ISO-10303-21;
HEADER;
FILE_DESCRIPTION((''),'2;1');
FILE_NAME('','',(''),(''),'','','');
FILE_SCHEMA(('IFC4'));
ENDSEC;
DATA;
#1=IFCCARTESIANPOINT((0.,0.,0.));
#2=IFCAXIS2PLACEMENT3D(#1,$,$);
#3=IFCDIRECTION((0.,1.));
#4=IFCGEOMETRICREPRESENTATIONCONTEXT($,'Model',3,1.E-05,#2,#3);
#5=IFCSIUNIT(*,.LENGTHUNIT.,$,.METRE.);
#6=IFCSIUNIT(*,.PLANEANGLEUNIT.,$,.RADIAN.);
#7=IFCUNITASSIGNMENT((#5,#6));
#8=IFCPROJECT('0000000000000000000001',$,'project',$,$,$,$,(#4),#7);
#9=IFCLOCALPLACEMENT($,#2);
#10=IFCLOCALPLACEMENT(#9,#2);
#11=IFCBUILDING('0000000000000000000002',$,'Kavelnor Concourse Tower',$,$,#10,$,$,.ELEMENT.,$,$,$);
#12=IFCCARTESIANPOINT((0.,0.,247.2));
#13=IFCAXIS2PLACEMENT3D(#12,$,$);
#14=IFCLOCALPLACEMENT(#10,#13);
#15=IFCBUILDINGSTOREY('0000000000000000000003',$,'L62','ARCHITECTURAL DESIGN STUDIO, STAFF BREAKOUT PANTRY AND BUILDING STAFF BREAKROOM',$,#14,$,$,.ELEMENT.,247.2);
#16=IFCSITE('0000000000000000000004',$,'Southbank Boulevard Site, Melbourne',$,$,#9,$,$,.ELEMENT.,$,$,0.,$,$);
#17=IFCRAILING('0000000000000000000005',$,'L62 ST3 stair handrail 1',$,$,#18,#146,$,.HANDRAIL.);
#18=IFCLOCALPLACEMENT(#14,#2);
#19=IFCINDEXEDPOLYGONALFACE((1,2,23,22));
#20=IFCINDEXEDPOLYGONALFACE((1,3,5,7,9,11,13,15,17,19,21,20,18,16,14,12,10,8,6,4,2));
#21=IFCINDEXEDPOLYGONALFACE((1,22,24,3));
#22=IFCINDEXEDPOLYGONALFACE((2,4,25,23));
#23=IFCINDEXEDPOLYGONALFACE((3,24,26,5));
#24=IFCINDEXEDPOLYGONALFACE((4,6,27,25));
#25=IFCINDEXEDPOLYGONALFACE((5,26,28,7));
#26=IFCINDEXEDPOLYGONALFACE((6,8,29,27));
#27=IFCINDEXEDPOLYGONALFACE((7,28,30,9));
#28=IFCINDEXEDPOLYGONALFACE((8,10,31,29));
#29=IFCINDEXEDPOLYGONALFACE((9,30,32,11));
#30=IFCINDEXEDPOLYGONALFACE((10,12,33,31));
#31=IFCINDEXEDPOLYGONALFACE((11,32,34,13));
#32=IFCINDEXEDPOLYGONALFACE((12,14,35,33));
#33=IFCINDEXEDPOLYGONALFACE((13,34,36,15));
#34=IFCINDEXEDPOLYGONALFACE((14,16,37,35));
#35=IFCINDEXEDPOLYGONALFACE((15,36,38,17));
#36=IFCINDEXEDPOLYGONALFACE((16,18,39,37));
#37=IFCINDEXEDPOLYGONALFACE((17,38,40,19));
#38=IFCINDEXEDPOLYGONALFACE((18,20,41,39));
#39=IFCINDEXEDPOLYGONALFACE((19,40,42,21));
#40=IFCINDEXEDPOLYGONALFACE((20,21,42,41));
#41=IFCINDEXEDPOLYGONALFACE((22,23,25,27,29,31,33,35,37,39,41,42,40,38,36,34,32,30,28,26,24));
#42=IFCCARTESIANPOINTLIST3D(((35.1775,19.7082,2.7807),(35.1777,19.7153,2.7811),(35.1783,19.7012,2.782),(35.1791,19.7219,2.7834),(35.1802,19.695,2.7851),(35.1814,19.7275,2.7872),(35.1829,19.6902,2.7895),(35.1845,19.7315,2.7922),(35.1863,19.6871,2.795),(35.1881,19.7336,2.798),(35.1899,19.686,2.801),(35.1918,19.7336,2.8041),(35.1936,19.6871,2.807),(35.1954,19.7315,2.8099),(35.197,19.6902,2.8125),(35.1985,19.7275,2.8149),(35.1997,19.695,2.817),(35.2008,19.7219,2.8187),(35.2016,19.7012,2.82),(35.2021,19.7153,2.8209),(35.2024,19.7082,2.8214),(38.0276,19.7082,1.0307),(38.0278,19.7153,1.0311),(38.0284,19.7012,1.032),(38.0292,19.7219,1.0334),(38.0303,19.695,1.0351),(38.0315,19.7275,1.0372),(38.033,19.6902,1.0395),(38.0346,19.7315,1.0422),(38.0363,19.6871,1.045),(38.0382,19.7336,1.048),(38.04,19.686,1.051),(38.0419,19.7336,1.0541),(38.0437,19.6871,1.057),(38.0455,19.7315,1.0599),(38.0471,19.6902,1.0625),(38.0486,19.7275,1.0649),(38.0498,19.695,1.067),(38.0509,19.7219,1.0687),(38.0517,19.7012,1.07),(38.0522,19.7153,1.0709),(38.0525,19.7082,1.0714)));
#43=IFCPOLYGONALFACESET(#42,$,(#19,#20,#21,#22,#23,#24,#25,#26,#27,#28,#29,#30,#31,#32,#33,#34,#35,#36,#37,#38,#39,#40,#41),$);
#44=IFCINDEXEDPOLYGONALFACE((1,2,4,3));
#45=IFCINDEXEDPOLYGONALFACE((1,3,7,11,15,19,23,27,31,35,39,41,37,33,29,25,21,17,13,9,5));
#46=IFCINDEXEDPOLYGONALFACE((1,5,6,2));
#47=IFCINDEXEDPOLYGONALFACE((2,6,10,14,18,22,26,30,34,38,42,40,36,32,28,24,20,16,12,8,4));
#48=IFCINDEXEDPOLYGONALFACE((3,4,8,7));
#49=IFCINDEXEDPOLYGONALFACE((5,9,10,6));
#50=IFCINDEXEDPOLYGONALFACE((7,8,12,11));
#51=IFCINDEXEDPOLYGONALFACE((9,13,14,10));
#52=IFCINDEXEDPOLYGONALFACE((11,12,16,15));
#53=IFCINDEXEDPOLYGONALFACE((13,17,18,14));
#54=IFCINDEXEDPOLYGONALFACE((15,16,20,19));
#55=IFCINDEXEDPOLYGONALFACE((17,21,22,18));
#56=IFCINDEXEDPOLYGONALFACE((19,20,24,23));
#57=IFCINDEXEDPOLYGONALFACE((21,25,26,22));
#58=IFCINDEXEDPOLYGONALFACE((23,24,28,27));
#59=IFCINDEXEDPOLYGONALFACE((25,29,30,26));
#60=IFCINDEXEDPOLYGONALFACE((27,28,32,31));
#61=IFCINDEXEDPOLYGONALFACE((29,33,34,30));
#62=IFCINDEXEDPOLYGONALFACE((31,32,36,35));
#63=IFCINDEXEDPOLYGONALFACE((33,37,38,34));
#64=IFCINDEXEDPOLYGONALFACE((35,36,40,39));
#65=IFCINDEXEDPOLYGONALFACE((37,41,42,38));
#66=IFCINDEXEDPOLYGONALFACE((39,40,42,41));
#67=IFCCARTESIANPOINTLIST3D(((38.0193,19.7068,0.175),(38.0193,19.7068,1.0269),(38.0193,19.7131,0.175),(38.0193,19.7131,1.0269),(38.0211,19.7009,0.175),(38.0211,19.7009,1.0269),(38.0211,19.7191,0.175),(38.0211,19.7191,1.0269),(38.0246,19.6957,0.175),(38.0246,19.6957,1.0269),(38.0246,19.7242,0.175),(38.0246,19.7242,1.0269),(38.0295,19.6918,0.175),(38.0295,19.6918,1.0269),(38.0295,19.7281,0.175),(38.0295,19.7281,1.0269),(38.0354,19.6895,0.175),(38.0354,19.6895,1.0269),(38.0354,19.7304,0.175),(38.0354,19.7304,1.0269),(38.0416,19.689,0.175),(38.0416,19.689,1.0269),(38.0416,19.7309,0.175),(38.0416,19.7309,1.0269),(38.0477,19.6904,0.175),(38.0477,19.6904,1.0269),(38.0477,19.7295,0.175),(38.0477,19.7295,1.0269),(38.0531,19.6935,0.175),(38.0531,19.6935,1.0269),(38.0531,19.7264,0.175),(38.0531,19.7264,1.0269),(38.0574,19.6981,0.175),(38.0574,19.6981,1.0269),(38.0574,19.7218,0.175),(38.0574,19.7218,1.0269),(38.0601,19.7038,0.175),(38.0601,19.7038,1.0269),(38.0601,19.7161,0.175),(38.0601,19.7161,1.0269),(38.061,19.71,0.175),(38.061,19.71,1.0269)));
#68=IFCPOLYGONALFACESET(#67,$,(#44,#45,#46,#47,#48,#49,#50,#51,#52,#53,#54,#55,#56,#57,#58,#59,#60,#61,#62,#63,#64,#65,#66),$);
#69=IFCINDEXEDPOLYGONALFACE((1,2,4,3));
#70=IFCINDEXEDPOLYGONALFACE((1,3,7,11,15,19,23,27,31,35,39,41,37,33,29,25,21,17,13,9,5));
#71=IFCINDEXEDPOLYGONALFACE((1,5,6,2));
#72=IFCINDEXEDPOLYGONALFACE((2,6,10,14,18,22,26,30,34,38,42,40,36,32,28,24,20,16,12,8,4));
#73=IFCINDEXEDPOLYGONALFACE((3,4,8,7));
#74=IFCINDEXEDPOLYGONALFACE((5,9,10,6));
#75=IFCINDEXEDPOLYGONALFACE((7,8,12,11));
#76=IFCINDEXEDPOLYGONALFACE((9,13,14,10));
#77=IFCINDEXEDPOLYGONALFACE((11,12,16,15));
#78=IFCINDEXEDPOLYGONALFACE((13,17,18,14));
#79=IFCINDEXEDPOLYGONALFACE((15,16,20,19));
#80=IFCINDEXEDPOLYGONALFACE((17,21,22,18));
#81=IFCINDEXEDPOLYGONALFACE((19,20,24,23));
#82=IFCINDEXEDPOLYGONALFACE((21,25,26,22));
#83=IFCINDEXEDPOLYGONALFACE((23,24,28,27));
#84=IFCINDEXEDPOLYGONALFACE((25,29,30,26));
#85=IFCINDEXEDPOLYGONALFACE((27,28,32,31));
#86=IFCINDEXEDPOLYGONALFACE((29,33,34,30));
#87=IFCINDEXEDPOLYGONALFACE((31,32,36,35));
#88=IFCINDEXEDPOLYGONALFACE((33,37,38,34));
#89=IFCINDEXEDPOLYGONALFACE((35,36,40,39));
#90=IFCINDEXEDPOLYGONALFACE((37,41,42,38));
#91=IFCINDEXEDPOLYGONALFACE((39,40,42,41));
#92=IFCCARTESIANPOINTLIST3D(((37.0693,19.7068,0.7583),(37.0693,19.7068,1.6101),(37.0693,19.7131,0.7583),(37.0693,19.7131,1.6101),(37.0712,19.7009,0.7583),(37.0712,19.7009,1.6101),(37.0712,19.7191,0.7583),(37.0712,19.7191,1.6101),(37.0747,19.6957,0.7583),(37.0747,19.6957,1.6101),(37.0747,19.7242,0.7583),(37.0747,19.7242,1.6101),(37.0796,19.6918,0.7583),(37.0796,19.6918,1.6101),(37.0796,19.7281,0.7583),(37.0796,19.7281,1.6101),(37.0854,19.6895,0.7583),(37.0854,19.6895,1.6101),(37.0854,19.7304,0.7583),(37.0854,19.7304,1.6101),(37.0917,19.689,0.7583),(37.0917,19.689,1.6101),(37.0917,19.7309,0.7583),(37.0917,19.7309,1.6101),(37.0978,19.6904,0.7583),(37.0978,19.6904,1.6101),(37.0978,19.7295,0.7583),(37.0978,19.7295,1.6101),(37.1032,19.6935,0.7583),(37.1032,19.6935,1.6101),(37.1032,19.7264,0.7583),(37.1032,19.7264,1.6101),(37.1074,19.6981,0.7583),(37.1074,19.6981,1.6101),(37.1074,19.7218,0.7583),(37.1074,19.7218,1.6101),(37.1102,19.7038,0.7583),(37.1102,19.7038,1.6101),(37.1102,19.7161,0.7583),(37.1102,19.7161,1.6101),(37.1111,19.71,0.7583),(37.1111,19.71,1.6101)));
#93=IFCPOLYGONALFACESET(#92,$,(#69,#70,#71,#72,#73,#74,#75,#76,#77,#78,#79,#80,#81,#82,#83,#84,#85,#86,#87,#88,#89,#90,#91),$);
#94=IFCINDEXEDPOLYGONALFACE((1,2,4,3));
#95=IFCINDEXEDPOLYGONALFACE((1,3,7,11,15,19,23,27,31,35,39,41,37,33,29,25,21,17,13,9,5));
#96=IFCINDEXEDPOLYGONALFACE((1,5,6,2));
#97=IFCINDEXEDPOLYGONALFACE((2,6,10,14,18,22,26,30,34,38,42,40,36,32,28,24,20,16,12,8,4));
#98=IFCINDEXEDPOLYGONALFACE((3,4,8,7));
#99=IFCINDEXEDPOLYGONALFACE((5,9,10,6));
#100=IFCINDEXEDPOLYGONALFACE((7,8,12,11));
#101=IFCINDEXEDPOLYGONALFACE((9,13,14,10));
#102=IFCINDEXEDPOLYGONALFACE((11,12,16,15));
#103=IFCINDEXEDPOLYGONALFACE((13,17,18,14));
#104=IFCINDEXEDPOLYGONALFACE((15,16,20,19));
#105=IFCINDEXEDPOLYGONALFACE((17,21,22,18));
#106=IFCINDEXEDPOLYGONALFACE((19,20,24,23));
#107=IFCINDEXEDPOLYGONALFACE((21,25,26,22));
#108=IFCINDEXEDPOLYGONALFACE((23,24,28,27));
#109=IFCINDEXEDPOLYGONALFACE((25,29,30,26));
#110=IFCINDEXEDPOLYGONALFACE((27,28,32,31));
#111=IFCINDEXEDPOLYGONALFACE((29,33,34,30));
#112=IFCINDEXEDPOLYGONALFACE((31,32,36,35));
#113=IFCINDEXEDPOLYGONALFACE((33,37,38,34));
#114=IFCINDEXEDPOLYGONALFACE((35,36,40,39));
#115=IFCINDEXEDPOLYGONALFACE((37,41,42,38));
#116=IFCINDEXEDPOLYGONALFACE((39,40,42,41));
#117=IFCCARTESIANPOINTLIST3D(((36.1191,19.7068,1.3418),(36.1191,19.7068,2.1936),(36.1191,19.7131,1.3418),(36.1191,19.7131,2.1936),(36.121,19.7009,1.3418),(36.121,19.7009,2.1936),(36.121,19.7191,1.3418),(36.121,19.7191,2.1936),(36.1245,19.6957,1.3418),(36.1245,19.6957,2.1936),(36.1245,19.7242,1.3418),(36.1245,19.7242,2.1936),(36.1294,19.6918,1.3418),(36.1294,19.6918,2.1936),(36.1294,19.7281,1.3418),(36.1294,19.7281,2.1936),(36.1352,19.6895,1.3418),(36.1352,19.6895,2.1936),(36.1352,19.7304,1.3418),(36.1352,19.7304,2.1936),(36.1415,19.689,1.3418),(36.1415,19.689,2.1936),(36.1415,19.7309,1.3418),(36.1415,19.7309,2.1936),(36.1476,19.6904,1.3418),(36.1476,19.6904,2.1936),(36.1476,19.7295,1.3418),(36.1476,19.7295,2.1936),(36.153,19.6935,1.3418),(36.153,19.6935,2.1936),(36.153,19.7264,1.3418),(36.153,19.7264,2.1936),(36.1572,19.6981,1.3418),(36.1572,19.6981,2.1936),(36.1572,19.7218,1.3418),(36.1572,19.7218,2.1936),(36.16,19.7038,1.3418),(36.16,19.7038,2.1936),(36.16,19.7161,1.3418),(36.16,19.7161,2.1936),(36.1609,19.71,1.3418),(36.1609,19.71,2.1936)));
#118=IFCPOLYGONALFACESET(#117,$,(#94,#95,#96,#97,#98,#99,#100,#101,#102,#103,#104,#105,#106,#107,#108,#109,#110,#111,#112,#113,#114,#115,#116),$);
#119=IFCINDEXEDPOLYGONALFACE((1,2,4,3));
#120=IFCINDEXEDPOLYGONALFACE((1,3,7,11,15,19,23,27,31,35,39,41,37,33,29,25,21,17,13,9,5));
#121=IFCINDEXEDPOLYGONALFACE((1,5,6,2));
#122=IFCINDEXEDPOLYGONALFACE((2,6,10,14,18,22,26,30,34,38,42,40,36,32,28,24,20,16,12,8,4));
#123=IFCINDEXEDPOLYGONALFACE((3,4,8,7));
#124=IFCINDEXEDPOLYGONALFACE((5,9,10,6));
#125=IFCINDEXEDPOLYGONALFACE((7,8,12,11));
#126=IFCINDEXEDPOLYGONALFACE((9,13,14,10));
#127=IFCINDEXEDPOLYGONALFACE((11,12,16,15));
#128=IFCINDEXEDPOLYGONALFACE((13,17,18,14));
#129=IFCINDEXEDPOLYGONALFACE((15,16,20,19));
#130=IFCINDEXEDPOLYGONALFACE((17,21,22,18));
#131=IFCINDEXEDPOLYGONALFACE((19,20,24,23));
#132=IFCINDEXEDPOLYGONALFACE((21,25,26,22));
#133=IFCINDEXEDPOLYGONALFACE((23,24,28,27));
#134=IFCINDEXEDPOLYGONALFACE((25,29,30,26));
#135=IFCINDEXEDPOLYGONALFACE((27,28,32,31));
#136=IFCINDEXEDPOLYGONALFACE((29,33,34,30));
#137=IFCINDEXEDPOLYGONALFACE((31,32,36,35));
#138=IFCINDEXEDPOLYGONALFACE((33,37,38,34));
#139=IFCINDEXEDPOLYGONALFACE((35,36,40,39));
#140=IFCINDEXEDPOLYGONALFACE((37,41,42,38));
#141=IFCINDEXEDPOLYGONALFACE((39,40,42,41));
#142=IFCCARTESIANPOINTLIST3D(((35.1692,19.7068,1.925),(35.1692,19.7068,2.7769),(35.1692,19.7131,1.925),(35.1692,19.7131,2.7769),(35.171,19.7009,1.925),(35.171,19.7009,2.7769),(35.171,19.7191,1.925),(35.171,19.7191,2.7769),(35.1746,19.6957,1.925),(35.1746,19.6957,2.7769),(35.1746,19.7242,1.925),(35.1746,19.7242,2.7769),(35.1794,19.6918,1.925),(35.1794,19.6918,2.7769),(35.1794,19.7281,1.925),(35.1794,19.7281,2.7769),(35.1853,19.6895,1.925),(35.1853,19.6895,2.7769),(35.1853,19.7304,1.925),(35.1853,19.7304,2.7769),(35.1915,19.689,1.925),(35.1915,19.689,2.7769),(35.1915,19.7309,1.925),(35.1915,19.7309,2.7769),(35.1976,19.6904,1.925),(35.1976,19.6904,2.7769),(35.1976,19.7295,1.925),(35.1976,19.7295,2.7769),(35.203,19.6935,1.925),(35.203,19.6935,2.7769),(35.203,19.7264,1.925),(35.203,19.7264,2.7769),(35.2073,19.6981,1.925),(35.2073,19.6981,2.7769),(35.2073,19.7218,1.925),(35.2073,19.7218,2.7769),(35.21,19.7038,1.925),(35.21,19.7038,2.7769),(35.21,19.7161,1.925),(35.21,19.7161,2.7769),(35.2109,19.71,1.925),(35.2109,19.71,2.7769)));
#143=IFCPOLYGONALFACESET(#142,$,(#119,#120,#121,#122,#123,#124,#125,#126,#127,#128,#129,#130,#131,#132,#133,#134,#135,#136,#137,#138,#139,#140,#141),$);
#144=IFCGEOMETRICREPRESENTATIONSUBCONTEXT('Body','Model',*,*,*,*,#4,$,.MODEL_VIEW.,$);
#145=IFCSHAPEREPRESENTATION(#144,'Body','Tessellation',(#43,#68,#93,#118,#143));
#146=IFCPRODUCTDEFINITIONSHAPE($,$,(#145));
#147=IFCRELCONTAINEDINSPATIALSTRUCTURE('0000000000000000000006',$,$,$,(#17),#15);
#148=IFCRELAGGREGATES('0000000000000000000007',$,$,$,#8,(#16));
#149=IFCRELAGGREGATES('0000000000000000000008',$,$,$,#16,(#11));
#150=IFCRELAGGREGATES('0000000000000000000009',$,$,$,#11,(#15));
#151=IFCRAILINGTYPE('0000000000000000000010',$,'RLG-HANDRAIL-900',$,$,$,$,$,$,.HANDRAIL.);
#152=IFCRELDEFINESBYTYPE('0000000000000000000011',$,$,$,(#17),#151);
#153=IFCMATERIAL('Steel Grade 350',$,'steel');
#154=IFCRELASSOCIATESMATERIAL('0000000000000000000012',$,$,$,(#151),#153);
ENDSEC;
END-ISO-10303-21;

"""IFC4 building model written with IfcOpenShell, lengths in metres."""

from ifc_helpers import new_model, si_unit, direction, frame, origin, origin_2d, place, context, subcontext, project, spatial, circle, extrude, material, type_object, element, save


model = new_model("IFC4")

# Units and contexts
model_context = context("Model", 3, precision=1e-05, world=origin(), true_north=direction((0.0, 1.0)))
body_context = subcontext(model_context, "Body", "Model", "MODEL_VIEW")
ifc_project = project(units=[si_unit("LENGTHUNIT", "METRE"), si_unit("PLANEANGLEUNIT", "RADIAN")], contexts=[model_context])

# Site, building, storey
site_placement = place(None, origin())
site = spatial("IfcSite", under=ifc_project, at=site_placement, Name="Southbank Boulevard Site, Melbourne", CompositionType="ELEMENT", RefElevation=0.0)
building_placement = place(site_placement, origin())
building = spatial("IfcBuilding", under=site, at=building_placement, Name="Kavelnor Concourse Tower", CompositionType="ELEMENT")
storey_placement = place(building_placement, frame((0.0, 0.0, 247.2)))
storey = spatial("IfcBuildingStorey", under=building, at=storey_placement, Name="L62", Description="ARCHITECTURAL DESIGN STUDIO, STAFF BREAKOUT PANTRY AND BUILDING STAFF BREAKROOM", CompositionType="ELEMENT", Elevation=247.2)

# Shared definitions
ifc_material_1 = material(Name="Steel Grade 350", Category="steel")

# Railing
railing_type_1 = type_object("IfcRailingType", Name="RLG-HANDRAIL-900", PredefinedType="HANDRAIL", material=ifc_material_1)
railing_1_placement = place(storey_placement, frame((38.04, 19.71, 0.175)))
element("IfcRailing", 1, at=railing_1_placement, inside=storey, type_object=railing_type_1, Name="L62 ST3 stair handrail 1", PredefinedType="HANDRAIL", context=body_context, shape_type="SweptSolid", body=[
    extrude(circle(Radius=0.0239, at=origin_2d()), frame((0.0, 0.0, 0.876), z_axis=(-0.852179, 0.0, 0.52325), x_axis=(0.0, -1.0, 0.0)), (0.0, 0.0, 1.0), 3.3445),
    extrude(circle(Radius=0.021, at=origin_2d()), origin(), (0.0, 0.0, 1.0), 0.8518),
    extrude(circle(Radius=0.021, at=origin_2d()), frame((-0.95, 0.0, 0.5833)), (0.0, 0.0, 1.0), 0.8518),
    extrude(circle(Radius=0.021, at=origin_2d()), frame((-1.9001, 0.0, 1.1667)), (0.0, 0.0, 1.0), 0.8518),
    extrude(circle(Radius=0.021, at=origin_2d()), frame((-2.8501, 0.0, 1.75)), (0.0, 0.0, 1.0), 0.8518),
])

save(model, "model.ifc")
